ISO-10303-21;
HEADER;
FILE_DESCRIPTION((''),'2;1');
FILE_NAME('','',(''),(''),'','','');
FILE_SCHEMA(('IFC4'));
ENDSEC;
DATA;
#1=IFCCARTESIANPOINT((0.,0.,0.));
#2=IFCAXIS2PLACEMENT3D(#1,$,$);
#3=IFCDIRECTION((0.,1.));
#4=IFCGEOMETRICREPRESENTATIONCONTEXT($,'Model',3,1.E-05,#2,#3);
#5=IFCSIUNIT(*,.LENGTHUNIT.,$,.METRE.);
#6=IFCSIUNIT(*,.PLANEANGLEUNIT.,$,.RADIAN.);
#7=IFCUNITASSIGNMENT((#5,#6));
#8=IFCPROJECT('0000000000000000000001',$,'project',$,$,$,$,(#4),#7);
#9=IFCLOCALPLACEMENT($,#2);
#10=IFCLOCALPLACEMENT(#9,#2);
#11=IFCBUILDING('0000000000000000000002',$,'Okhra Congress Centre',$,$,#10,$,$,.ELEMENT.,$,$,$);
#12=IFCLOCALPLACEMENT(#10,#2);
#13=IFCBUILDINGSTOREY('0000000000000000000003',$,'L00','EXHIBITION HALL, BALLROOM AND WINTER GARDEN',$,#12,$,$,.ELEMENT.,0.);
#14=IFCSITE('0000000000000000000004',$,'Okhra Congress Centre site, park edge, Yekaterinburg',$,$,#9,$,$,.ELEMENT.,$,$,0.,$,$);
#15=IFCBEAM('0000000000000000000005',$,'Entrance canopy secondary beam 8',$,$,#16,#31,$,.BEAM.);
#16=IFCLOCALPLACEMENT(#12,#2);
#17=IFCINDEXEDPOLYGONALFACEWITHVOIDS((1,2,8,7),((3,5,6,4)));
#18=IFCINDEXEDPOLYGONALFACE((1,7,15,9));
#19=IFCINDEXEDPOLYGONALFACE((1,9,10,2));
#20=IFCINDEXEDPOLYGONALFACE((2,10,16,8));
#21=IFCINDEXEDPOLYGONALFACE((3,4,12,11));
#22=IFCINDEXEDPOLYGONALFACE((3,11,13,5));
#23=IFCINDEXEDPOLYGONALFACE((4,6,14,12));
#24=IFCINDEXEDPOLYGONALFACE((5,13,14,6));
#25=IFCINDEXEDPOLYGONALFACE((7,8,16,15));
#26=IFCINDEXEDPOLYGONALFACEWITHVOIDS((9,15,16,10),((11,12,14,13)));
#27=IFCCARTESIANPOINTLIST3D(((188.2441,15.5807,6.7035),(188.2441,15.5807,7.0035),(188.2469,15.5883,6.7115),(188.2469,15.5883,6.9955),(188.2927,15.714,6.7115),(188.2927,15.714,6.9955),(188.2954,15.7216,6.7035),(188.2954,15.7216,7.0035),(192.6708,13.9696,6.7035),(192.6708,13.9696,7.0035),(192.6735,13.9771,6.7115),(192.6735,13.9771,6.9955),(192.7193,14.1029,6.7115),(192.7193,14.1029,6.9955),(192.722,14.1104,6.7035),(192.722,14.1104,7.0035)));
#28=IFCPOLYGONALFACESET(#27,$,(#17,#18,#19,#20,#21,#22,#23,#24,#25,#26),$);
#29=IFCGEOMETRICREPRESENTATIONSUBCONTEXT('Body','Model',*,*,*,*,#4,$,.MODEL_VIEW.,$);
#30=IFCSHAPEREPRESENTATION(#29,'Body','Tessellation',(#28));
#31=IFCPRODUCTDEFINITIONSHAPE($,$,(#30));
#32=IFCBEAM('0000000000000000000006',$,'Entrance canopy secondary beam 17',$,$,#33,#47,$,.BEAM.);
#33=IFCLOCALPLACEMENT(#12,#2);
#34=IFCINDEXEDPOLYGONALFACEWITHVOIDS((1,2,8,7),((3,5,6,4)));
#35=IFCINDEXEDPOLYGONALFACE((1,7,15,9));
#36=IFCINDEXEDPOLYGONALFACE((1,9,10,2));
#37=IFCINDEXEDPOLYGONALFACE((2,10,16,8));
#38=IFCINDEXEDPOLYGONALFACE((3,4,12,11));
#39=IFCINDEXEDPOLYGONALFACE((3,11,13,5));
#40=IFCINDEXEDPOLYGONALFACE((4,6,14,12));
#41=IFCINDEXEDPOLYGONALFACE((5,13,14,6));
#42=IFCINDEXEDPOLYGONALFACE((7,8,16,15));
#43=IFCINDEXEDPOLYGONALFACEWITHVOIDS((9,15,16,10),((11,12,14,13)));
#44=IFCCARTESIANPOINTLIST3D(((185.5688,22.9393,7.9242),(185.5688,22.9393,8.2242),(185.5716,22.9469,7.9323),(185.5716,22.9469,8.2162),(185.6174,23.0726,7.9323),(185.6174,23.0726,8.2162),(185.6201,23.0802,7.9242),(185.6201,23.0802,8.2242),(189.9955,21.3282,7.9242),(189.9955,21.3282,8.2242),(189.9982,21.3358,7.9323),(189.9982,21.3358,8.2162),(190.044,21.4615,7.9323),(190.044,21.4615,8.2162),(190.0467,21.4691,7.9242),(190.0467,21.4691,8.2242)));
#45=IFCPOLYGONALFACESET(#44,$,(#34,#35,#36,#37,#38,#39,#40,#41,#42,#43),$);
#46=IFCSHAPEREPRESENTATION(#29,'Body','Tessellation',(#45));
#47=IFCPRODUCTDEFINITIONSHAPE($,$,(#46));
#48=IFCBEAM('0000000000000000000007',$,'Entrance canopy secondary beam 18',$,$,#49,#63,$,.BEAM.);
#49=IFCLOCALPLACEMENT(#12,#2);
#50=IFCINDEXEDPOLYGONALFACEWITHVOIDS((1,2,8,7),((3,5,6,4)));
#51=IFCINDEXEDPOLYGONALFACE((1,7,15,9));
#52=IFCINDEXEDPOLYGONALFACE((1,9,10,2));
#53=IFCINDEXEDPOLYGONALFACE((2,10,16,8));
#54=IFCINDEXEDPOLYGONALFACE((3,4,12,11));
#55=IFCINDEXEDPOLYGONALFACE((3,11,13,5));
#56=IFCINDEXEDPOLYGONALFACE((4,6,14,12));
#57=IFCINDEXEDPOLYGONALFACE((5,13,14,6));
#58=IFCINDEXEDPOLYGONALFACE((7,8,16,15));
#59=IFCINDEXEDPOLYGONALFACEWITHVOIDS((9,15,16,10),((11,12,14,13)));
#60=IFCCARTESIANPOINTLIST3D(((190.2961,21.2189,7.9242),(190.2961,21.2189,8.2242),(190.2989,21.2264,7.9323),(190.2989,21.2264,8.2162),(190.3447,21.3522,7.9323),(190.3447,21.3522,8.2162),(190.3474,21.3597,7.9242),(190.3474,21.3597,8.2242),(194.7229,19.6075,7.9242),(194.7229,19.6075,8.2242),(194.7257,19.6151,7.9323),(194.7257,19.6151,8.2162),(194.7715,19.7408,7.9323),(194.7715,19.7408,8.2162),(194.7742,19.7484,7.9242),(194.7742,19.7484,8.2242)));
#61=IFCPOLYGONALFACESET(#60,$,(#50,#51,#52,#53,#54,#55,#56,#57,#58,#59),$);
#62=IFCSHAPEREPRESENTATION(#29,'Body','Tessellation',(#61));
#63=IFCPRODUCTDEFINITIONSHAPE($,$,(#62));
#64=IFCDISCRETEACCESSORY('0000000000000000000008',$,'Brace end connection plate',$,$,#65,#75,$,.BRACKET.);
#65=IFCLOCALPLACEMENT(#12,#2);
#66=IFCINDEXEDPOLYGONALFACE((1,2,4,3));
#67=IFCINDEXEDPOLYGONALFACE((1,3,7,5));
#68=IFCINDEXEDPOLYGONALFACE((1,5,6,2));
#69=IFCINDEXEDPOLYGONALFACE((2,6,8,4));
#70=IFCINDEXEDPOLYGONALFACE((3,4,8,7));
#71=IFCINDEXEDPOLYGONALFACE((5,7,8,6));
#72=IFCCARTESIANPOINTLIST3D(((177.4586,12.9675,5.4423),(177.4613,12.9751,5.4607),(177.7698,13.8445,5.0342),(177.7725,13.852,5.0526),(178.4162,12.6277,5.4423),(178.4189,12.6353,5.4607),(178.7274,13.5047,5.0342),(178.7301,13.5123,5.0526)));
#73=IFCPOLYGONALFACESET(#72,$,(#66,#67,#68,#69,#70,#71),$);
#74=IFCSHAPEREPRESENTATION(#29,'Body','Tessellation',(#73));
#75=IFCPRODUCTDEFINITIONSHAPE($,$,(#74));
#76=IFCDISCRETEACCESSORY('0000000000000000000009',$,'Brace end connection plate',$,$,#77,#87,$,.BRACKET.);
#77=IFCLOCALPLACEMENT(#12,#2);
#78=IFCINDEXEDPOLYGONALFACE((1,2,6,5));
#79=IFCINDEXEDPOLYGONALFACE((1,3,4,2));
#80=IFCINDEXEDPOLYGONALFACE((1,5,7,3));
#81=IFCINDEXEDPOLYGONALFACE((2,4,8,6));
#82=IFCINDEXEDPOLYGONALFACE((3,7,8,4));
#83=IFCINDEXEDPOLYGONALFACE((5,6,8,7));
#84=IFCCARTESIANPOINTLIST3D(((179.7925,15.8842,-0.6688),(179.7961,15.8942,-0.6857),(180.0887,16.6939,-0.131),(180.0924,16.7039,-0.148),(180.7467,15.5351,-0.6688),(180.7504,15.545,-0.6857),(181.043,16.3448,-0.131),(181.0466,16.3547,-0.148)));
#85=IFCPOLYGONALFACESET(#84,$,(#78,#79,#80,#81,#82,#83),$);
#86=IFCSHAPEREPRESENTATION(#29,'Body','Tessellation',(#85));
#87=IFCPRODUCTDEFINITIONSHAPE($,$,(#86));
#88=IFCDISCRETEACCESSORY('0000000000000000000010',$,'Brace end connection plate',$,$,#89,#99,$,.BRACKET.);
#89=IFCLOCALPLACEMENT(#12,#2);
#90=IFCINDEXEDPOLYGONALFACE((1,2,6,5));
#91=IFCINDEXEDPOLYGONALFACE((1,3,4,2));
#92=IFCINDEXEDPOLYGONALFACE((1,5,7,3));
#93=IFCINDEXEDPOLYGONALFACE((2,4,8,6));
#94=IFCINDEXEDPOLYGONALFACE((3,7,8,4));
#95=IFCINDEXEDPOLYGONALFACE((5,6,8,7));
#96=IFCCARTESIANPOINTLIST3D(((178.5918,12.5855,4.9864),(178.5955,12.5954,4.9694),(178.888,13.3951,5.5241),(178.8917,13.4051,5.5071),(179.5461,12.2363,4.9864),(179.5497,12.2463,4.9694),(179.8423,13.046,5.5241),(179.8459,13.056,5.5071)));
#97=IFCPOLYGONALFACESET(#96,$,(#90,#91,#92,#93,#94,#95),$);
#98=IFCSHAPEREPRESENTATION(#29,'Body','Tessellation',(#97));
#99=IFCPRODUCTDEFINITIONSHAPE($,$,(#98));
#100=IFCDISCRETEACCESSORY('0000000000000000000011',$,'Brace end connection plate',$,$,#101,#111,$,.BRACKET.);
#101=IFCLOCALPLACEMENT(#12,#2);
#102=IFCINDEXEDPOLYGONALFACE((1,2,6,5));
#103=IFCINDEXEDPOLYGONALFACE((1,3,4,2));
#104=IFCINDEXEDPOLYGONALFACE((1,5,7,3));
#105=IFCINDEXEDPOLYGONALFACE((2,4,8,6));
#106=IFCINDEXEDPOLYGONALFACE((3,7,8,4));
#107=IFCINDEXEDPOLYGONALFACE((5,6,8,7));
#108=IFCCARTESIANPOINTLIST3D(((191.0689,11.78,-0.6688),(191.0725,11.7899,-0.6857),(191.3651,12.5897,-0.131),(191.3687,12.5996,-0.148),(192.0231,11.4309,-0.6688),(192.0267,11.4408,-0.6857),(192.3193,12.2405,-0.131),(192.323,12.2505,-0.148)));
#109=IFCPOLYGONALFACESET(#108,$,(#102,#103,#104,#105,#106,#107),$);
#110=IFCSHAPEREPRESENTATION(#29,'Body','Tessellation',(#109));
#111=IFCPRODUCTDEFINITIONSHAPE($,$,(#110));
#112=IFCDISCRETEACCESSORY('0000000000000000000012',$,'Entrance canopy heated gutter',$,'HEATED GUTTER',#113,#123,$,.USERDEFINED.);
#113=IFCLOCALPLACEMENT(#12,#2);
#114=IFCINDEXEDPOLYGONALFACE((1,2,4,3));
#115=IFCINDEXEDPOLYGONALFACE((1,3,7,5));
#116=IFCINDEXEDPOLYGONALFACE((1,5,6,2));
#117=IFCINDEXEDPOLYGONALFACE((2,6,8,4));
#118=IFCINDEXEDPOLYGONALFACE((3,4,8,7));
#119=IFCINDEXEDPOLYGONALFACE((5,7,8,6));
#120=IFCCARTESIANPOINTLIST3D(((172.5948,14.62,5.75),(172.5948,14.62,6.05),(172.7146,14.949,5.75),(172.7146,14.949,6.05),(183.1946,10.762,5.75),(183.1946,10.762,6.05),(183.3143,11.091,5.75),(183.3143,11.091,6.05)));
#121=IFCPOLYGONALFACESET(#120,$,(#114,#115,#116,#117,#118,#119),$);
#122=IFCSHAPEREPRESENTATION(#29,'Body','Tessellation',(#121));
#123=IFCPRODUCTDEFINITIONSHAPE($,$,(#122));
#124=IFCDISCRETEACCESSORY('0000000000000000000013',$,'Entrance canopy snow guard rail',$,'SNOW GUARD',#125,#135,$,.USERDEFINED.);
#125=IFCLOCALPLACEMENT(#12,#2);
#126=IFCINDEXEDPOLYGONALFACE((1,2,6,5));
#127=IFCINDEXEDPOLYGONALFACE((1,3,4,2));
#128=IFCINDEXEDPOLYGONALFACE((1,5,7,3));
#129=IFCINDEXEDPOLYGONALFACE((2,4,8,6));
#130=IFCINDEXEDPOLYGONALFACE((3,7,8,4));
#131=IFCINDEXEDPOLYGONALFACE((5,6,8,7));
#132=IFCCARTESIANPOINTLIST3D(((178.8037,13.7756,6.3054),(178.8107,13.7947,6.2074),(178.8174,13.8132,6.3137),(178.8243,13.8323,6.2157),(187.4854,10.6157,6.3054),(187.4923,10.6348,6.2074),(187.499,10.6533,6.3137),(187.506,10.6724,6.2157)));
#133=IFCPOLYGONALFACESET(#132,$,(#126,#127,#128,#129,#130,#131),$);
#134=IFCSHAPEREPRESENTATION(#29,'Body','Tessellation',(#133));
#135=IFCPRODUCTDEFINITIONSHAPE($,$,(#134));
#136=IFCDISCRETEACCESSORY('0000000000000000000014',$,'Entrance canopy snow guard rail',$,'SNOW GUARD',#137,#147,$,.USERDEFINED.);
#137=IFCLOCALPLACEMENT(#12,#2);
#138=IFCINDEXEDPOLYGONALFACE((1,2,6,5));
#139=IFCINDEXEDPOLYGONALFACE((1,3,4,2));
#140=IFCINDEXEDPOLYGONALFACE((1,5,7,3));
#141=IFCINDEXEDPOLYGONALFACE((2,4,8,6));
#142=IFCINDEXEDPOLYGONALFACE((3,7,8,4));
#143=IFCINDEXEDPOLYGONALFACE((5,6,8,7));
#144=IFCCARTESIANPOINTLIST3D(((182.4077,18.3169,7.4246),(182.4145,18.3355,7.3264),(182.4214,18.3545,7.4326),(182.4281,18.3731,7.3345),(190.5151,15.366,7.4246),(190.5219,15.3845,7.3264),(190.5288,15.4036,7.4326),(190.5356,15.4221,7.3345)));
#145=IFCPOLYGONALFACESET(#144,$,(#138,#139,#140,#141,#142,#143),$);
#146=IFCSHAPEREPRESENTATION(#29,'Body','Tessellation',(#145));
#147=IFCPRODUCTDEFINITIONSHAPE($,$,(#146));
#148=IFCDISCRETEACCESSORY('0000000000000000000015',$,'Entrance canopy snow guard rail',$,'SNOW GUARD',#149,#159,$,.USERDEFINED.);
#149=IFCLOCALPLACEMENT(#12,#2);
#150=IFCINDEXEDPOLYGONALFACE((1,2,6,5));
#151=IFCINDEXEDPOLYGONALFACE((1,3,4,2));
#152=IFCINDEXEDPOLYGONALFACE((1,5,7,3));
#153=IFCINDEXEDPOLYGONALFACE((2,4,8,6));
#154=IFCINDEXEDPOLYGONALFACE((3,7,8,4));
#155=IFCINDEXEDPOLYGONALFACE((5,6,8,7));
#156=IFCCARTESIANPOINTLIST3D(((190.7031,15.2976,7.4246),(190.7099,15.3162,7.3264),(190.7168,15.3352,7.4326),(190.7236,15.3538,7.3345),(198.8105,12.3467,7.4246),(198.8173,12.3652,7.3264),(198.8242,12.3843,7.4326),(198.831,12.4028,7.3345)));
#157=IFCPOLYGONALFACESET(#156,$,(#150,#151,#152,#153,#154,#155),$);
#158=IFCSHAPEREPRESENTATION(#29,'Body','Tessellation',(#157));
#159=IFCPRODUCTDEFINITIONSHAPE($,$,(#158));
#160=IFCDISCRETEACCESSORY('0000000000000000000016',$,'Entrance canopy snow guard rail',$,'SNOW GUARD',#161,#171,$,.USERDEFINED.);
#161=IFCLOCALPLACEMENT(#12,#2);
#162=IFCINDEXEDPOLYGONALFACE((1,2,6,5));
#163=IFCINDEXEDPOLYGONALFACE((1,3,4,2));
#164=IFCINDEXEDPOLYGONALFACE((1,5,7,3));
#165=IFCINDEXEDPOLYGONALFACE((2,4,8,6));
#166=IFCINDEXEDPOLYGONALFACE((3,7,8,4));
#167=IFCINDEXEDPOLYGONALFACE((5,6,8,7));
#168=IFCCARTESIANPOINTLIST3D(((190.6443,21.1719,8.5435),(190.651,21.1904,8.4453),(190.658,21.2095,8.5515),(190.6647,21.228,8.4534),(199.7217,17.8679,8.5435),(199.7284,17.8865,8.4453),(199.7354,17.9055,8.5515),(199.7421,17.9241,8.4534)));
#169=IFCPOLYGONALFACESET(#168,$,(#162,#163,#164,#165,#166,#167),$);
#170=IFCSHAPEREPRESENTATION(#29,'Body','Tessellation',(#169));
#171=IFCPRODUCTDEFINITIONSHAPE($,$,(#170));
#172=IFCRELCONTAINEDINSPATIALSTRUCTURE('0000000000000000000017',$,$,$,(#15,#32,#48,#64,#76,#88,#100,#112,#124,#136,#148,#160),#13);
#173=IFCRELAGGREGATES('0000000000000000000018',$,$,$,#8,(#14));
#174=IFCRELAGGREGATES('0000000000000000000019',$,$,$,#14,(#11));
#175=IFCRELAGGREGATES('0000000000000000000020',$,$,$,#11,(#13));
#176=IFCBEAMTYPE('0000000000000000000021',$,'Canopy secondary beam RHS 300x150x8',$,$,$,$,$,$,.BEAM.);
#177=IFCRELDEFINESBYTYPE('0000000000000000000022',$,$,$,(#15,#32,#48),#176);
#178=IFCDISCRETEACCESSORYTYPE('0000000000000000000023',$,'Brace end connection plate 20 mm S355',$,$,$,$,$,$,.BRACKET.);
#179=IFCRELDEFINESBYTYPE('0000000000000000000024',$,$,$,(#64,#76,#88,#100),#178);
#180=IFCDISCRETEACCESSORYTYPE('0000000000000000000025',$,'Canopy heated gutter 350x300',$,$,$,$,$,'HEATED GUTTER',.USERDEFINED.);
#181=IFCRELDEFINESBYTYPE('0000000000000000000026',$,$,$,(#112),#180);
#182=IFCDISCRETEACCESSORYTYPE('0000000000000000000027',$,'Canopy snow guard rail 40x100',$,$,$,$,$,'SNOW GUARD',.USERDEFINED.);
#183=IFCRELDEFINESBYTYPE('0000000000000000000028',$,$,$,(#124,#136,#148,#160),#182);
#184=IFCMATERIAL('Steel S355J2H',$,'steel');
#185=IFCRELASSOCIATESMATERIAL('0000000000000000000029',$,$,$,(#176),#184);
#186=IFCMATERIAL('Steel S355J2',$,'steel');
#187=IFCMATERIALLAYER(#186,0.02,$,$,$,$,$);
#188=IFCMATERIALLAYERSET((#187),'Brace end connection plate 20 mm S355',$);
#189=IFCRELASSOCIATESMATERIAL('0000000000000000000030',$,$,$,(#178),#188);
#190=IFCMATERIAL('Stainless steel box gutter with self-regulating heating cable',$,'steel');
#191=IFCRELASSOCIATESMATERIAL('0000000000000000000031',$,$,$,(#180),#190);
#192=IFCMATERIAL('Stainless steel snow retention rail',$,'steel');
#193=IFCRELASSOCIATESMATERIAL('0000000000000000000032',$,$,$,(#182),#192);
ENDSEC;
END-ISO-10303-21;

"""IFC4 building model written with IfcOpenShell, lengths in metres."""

from ifc_helpers import new_model, si_unit, direction, frame, origin, origin_2d, place, context, subcontext, project, spatial, polyline, rectangle, hollow_rectangle, outline, extrude, material, layer, layer_set, material_profile, profile_set, type_object, element, save


model = new_model("IFC4")

# Units and contexts
model_context = context("Model", 3, precision=1e-05, world=origin(), true_north=direction((0.0, 1.0)))
body_context = subcontext(model_context, "Body", "Model", "MODEL_VIEW")
ifc_project = project(units=[si_unit("LENGTHUNIT", "METRE"), si_unit("PLANEANGLEUNIT", "RADIAN")], contexts=[model_context])

# Site, building, storey
site_placement = place(None, origin())
site = spatial("IfcSite", under=ifc_project, at=site_placement, Name="Okhra Congress Centre site, park edge, Yekaterinburg", CompositionType="ELEMENT", RefElevation=0.0)
building_placement = place(site_placement, origin())
building = spatial("IfcBuilding", under=site, at=building_placement, Name="Okhra Congress Centre", CompositionType="ELEMENT")
storey_placement = place(building_placement, origin())
storey = spatial("IfcBuildingStorey", under=building, at=storey_placement, Name="L00", Description="EXHIBITION HALL, BALLROOM AND WINTER GARDEN", CompositionType="ELEMENT", Elevation=0.0)

# Shared definitions
ifc_material_1 = material(Name="Steel S355J2H", Category="steel")

# Beams
ifc_material_profile_1 = material_profile(ifc_material_1, hollow_rectangle(XDim=0.1499, YDim=0.3, WallThickness=0.0081, at=origin_2d()), Name="RHS 300x150x8")
ifc_profile_set_1 = profile_set([ifc_material_profile_1], Name="Steel S355J2H")
beam_type_1 = type_object("IfcBeamType", Name="Canopy secondary beam RHS 300x150x8", PredefinedType="BEAM", material=ifc_profile_set_1)
for number, where, z_axis, x_axis, name in (
    (1, (188.2698, 15.6511, 6.8535), (0.939695, -0.342014, 0.0), (0.342014, 0.939695, 0.0), "Entrance canopy secondary beam 8"),
    (2, (185.5945, 23.0098, 8.0742), (0.939695, -0.342014, 0.0), (0.342014, 0.939695, 0.0), "Entrance canopy secondary beam 17"),
):
    element("IfcBeam", number, at=place(storey_placement, frame(where, z_axis=z_axis, x_axis=x_axis)), inside=storey, type_object=beam_type_1, Name=name, PredefinedType="BEAM", context=body_context, shape_type="SweptSolid", body=[
        extrude(hollow_rectangle(XDim=0.1499, YDim=0.3, WallThickness=0.0081, at=origin_2d()), origin(), (0.0, 0.0, 1.0), 4.7107),
    ])
beam_1_placement = place(storey_placement, frame((190.3218, 21.2893, 8.0742), z_axis=(0.939684, -0.342043, 0.0), x_axis=(0.342043, 0.939684, 0.0)))
element("IfcBeam", 3, at=beam_1_placement, inside=storey, type_object=beam_type_1, Name="Entrance canopy secondary beam 18", PredefinedType="BEAM", context=body_context, shape_type="SweptSolid", body=[
    extrude(hollow_rectangle(XDim=0.1499, YDim=0.3, WallThickness=0.0081, at=origin_2d()), origin(), (0.0, 0.0, 1.0), 4.7109),
])

# Discrete accessories
ifc_material_2 = material(Name="Steel S355J2", Category="steel")
ifc_layer = layer(ifc_material_2, 0.02)
ifc_layer_set = layer_set([ifc_layer], Name="Brace end connection plate 20 mm S355")
discrete_accessory_type_1 = type_object("IfcDiscreteAccessoryType", Name="Brace end connection plate 20 mm S355", PredefinedType="BRACKET", material=ifc_layer_set)
for number, where, z_axis, x_axis, name in (
    (4, (178.093, 13.2361, 5.2383), (0.134316, 0.378528, 0.915793), (-0.942428, 0.33441, 0.0), "Brace end connection plate"),
    (5, (180.4177, 16.1145, -0.3999), (0.181822, 0.496979, -0.8485), (-0.939123, 0.343582, 0.0), "Brace end connection plate"),
    (6, (179.2207, 12.8257, 5.2383), (-0.181822, -0.496979, 0.8485), (0.939123, -0.343582, 0.0), "Brace end connection plate"),
    (7, (191.6941, 12.0103, -0.3999), (0.181822, 0.496979, -0.8485), (-0.939123, 0.343582, 0.0), "Brace end connection plate"),
):
    element("IfcDiscreteAccessory", number, at=place(storey_placement, frame(where, z_axis=z_axis, x_axis=x_axis)), inside=storey, type_object=discrete_accessory_type_1, Name=name, PredefinedType="BRACKET", context=body_context, shape_type="SweptSolid", body=[
        extrude(rectangle(XDim=1.0161, YDim=1.0161, at=origin_2d()), origin(), (0.0, 0.0, 1.0), 0.02),
    ])
ifc_material_3 = material(Name="Stainless steel box gutter with self-regulating heating cable", Category="steel")
discrete_accessory_type_2 = type_object("IfcDiscreteAccessoryType", Name="Canopy heated gutter 350x300", ElementType="HEATED GUTTER", PredefinedType="USERDEFINED", material=ifc_material_3)
discrete_accessory_1_placement = place(storey_placement, frame((177.9546, 12.8555, 5.75), z_axis=(0.0, 0.0, 1.0), x_axis=(0.939693, -0.34202, 0.0)))
element("IfcDiscreteAccessory", 8, at=discrete_accessory_1_placement, inside=storey, type_object=discrete_accessory_type_2, Name="Entrance canopy heated gutter", ObjectType="HEATED GUTTER", PredefinedType="USERDEFINED", context=body_context, shape_type="SweptSolid", body=[
    extrude(rectangle(XDim=11.28, YDim=0.3501, at=origin_2d()), origin(), (0.0, 0.0, 1.0), 0.3),
])
ifc_material_4 = material(Name="Stainless steel snow retention rail", Category="steel")
discrete_accessory_type_3 = type_object("IfcDiscreteAccessoryType", Name="Canopy snow guard rail 40x100", ElementType="SNOW GUARD", PredefinedType="USERDEFINED", material=ifc_material_4)
discrete_accessory_2_placement = place(storey_placement, frame((178.8037, 13.7756, 6.3054), z_axis=(-0.069486, -0.190907, 0.979146), x_axis=(0.939691, -0.342025, 0.0)))
element("IfcDiscreteAccessory", 9, at=discrete_accessory_2_placement, inside=storey, type_object=discrete_accessory_type_3, Name="Entrance canopy snow guard rail", ObjectType="SNOW GUARD", PredefinedType="USERDEFINED", context=body_context, shape_type="SweptSolid", body=[
    extrude(outline(polyline([(0.0, 0.0), (9.2388, 0.0), (9.2388, 0.0409), (0.0, 0.0409), (0.0, 0.0)])), origin(), (0.0, 0.0, -1.0), 0.1001),
])
for number, where, z_axis, x_axis, name in (
    (10, (182.4077, 18.3169, 7.4246), (-0.067523, -0.185514, 0.980319), (0.93969, -0.342027, 0.0), "Entrance canopy snow guard rail"),
    (11, (190.7031, 15.2976, 7.4246), (-0.067523, -0.185514, 0.980319), (0.93969, -0.342027, 0.0), "Entrance canopy snow guard rail"),
):
    element("IfcDiscreteAccessory", number, at=place(storey_placement, frame(where, z_axis=z_axis, x_axis=x_axis)), inside=storey, type_object=discrete_accessory_type_3, Name=name, ObjectType="SNOW GUARD", PredefinedType="USERDEFINED", context=body_context, shape_type="SweptSolid", body=[
        extrude(outline(polyline([(0.0, 0.0), (8.6278, 0.0), (8.6277, 0.0408), (0.0, 0.0408), (0.0, 0.0)])), origin(), (0.0, 0.0, -1.0), 0.1001),
    ])
discrete_accessory_3_placement = place(storey_placement, frame((190.6443, 21.1719, 8.5435), z_axis=(-0.067523, -0.185515, 0.980319), x_axis=(0.939691, -0.342025, 0.0)))
element("IfcDiscreteAccessory", 12, at=discrete_accessory_3_placement, inside=storey, type_object=discrete_accessory_type_3, Name="Entrance canopy snow guard rail", ObjectType="SNOW GUARD", PredefinedType="USERDEFINED", context=body_context, shape_type="SweptSolid", body=[
    extrude(outline(polyline([(0.0, 0.0), (9.66, 0.0), (9.66, 0.0408), (0.0, 0.0408), (0.0, 0.0)])), origin(), (0.0, 0.0, -1.0), 0.1001),
])

save(model, "model.ifc")
